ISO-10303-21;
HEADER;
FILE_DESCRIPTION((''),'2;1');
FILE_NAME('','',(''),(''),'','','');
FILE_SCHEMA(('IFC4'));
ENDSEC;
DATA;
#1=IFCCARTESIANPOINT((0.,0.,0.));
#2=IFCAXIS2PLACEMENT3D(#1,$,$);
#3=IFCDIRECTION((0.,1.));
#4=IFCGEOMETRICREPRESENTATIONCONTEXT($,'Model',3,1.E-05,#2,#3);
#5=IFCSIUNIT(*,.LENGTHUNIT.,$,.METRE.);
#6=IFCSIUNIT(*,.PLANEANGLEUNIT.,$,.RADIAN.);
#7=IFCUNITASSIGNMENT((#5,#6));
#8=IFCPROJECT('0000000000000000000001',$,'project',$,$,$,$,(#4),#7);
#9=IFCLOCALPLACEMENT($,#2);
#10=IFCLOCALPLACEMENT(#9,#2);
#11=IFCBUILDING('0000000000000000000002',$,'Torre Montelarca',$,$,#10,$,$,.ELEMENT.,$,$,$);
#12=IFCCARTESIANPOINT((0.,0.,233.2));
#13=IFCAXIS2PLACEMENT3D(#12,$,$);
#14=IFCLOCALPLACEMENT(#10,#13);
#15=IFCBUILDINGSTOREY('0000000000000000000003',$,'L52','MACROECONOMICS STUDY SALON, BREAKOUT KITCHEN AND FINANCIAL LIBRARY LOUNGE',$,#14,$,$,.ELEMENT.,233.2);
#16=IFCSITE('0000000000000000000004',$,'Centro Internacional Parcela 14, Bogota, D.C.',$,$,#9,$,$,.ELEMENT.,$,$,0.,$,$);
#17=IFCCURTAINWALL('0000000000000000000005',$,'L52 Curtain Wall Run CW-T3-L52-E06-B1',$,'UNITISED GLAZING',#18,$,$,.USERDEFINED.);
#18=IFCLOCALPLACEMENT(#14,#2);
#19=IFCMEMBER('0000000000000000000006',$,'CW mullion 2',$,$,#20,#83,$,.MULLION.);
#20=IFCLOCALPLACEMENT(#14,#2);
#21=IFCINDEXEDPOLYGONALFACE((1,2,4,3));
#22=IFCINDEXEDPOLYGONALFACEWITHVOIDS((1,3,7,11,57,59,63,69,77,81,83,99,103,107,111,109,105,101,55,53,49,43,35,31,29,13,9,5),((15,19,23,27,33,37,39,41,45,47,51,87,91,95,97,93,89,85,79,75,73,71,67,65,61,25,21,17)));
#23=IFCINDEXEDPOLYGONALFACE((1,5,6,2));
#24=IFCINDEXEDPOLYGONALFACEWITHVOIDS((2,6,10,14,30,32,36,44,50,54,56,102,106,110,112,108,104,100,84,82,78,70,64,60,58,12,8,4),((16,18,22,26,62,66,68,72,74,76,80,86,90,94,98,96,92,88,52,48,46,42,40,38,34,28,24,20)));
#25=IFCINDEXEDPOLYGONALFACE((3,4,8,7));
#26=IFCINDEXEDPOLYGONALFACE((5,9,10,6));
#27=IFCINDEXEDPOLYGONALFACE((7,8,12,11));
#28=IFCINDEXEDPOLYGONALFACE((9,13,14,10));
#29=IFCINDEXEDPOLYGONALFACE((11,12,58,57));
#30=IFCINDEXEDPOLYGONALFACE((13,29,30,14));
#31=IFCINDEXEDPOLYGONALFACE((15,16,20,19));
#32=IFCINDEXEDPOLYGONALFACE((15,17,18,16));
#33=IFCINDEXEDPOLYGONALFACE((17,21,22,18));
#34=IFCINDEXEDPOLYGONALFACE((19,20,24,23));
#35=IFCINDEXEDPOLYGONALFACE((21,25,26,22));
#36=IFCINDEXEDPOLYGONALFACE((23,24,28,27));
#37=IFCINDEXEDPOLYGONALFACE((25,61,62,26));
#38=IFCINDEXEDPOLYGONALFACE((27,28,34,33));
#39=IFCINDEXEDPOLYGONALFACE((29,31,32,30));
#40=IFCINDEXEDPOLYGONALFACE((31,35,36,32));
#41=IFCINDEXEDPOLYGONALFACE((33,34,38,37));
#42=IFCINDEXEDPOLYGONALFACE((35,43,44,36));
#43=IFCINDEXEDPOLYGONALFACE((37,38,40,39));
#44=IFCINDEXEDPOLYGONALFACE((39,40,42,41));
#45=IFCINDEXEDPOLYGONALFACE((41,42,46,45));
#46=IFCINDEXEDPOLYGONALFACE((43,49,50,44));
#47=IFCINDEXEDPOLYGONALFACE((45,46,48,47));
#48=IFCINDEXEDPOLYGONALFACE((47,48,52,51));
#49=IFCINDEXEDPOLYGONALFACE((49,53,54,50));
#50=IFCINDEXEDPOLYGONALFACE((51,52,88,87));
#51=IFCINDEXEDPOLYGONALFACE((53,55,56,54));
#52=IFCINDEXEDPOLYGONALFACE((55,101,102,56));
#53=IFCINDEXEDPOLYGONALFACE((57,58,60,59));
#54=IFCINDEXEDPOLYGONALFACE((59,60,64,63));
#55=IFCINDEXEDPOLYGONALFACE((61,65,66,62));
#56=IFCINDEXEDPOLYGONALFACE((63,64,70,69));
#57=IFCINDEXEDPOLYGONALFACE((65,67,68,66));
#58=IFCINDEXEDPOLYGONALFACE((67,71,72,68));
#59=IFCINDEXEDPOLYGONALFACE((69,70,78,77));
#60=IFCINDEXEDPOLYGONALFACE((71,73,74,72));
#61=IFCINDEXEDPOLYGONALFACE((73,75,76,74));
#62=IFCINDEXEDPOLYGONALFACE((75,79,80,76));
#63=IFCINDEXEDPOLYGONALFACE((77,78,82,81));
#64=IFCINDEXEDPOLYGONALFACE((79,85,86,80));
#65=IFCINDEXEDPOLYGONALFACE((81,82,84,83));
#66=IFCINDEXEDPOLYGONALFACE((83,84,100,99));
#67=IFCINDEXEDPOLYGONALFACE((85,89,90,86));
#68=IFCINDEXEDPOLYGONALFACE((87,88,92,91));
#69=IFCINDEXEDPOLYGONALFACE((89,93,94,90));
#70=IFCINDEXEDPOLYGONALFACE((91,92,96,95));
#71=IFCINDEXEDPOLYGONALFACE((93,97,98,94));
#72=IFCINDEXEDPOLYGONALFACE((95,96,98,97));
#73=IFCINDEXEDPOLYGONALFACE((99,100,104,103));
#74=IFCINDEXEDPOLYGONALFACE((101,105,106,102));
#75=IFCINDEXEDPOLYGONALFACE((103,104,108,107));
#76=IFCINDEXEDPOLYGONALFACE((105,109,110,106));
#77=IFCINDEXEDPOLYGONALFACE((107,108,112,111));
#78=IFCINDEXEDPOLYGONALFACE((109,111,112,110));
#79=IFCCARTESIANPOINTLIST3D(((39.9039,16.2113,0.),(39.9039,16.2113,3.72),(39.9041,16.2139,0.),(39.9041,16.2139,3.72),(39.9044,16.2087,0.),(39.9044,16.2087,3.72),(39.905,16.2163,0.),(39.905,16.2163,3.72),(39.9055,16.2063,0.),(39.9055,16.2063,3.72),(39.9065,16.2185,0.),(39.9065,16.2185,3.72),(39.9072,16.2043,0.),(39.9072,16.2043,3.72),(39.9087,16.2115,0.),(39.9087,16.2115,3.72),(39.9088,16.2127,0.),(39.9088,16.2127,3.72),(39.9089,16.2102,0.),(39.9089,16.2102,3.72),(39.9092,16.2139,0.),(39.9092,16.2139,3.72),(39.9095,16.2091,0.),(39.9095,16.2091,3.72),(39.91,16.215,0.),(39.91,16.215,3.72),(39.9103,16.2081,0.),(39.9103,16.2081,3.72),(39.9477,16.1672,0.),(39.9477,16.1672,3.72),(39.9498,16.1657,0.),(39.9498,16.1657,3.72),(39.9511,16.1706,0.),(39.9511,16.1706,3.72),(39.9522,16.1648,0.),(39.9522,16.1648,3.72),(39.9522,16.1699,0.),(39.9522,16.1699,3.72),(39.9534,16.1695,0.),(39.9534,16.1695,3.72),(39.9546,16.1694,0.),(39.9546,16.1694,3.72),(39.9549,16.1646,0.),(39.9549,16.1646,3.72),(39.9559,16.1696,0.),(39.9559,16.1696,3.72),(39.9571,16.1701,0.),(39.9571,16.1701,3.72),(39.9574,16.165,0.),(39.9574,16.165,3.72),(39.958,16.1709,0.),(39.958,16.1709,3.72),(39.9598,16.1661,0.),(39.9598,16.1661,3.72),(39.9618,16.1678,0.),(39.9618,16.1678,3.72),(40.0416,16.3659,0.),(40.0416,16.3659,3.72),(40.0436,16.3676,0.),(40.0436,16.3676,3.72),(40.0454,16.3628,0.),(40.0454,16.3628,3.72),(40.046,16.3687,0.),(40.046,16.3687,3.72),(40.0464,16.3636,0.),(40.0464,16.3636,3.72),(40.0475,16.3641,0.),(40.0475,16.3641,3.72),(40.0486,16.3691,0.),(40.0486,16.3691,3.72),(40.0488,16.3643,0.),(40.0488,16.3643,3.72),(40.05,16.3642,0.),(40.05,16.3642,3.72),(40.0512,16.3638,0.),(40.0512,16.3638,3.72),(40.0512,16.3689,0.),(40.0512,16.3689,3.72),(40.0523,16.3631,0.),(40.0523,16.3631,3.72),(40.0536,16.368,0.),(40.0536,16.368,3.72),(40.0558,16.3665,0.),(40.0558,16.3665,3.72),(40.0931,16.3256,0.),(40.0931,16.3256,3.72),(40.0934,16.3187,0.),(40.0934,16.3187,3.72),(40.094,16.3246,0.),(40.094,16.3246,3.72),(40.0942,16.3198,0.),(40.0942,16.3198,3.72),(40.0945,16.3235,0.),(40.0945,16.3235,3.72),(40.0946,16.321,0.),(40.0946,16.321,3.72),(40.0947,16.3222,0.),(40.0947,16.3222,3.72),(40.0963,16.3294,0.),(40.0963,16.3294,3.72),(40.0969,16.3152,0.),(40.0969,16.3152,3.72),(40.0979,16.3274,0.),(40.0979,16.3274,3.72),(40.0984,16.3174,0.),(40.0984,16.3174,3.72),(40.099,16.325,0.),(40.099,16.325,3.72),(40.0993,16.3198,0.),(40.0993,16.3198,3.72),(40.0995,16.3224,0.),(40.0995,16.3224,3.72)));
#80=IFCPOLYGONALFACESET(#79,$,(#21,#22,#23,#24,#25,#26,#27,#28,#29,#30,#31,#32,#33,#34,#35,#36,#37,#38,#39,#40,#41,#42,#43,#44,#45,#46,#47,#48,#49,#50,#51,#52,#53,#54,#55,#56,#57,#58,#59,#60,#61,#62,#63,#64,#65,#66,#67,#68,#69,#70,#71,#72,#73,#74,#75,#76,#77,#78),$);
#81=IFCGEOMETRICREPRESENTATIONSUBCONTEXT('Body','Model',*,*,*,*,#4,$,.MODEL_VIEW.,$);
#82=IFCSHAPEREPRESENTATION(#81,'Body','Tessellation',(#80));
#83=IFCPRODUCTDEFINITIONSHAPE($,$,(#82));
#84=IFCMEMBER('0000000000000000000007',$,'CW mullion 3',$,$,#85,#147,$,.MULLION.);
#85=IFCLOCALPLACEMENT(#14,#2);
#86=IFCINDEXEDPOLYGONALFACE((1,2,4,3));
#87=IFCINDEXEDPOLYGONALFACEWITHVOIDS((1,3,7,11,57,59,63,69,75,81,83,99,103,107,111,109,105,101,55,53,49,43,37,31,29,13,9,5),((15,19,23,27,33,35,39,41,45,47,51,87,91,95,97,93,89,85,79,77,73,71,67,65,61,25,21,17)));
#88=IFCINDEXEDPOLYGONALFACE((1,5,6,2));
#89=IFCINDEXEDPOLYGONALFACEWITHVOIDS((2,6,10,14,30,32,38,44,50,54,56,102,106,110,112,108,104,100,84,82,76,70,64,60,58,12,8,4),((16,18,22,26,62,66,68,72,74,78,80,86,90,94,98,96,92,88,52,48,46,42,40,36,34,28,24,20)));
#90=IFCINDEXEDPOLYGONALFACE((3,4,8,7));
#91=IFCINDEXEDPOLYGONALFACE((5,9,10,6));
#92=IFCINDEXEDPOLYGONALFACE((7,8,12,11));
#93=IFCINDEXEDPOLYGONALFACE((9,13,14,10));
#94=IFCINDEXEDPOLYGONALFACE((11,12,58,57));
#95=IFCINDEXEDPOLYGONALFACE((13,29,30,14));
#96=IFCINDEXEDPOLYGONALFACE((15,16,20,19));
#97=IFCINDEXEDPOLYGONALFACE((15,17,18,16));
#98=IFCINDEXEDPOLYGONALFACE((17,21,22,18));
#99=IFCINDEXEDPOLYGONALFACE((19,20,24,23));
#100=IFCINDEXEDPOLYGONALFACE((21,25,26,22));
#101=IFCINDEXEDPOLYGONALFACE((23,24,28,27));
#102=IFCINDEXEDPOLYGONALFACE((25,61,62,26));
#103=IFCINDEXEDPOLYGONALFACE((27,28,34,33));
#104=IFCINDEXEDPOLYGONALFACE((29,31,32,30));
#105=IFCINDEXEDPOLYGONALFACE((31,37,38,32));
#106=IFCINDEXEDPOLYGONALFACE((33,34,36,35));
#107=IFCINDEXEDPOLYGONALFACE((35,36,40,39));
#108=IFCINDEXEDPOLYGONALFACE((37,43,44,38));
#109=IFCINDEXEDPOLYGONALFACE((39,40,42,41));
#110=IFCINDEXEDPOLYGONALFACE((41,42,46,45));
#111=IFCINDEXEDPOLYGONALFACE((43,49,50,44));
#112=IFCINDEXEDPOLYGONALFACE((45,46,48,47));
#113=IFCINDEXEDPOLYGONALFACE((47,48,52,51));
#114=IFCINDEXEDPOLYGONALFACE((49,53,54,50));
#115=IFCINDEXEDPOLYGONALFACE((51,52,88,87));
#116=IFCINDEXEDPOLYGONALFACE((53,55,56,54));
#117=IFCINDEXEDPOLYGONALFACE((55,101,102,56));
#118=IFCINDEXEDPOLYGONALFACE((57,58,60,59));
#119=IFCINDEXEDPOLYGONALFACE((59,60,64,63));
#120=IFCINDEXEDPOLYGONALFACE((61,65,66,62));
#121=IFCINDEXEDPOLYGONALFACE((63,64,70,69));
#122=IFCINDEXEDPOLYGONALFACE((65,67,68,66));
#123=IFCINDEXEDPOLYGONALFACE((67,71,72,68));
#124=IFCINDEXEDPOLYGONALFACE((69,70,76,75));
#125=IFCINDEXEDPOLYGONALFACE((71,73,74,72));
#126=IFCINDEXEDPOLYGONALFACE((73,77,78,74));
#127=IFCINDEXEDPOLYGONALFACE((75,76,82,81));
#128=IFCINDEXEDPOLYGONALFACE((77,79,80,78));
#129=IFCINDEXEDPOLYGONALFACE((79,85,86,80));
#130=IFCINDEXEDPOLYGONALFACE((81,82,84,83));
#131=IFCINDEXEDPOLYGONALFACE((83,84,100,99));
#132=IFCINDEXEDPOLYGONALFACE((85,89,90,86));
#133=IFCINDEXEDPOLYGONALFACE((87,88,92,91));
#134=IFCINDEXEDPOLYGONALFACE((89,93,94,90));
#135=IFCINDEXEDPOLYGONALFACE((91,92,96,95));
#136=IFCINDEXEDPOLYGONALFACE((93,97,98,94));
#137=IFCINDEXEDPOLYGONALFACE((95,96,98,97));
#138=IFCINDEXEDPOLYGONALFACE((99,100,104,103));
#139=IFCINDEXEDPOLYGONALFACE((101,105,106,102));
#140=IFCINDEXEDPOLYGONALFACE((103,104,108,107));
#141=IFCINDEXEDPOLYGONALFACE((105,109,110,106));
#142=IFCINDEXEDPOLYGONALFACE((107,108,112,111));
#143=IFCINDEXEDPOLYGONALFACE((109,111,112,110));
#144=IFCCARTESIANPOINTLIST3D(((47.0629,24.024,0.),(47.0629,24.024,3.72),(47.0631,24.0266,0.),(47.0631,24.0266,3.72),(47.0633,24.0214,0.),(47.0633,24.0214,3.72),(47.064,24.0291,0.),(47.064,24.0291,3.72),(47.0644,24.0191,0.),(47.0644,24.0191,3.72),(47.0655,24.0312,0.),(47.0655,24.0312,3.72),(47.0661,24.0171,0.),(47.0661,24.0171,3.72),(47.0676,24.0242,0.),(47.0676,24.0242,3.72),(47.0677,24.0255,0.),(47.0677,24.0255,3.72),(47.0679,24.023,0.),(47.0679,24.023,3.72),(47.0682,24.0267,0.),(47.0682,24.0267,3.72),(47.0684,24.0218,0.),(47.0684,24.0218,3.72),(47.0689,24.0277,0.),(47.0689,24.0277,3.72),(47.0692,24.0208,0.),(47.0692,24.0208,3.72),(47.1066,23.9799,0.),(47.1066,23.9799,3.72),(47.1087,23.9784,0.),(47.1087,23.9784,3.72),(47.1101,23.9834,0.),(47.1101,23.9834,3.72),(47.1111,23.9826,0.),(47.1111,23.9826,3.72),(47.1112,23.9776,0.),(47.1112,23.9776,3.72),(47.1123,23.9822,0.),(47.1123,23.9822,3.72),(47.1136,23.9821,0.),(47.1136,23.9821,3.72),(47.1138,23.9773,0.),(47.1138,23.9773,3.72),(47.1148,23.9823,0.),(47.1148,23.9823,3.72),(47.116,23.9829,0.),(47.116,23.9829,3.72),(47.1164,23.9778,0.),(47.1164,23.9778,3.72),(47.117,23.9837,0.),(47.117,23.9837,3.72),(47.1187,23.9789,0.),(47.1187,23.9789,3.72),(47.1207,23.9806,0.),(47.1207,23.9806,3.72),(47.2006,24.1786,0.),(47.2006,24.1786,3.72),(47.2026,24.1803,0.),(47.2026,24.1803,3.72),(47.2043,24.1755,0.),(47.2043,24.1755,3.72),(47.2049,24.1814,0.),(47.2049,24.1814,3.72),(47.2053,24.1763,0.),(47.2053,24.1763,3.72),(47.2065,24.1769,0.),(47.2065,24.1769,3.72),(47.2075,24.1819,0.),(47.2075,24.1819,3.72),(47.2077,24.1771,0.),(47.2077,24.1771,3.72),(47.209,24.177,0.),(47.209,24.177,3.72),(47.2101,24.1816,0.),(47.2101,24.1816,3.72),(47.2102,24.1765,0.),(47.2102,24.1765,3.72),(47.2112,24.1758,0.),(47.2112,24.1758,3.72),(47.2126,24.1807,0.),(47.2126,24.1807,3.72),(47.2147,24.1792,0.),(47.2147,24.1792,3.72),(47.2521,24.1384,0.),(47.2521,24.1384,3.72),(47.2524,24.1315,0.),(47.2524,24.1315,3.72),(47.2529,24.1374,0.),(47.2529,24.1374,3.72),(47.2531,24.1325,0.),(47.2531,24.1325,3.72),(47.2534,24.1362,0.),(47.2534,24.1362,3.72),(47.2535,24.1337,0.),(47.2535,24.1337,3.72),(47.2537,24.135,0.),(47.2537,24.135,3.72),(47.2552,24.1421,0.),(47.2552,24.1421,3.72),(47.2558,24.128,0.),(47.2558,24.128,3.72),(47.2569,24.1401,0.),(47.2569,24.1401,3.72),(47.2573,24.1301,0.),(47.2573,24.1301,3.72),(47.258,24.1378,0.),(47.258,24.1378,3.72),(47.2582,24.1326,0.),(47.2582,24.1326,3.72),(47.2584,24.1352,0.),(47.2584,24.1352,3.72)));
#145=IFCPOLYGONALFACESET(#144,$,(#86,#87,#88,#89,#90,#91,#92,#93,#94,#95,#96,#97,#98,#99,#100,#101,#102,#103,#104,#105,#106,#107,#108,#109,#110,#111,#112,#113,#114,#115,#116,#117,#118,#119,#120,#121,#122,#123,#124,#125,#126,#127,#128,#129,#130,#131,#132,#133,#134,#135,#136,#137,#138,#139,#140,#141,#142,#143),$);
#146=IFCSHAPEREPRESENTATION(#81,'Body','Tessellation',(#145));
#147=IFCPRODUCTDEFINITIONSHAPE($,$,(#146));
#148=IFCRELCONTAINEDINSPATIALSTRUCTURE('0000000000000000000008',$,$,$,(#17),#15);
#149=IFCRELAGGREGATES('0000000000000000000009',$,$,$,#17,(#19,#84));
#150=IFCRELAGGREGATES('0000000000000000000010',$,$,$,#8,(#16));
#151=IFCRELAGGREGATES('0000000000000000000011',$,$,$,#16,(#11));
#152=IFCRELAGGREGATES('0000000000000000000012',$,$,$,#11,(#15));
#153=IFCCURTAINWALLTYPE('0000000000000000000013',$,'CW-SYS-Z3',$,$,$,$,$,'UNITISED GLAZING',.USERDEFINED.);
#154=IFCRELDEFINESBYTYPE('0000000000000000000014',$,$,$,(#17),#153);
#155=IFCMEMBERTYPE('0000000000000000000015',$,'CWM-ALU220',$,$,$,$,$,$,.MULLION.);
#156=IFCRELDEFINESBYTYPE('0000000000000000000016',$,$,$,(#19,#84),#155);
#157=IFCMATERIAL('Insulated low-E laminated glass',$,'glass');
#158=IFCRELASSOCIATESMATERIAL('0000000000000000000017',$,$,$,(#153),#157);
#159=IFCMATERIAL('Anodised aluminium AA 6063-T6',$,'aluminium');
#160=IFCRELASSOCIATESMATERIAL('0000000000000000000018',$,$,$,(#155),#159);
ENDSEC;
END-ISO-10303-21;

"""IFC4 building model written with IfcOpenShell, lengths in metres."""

from ifc_helpers import new_model, si_unit, direction, frame, origin, origin_2d, place, context, subcontext, project, spatial, hollow_rectangle, extrude, source, transform, mapped, material, material_profile, profile_set, type_object, element, aggregate, save


model = new_model("IFC4")

# Units and contexts
model_context = context("Model", 3, precision=1e-05, world=origin(), true_north=direction((0.0, 1.0)))
body_context = subcontext(model_context, "Body", "Model", "MODEL_VIEW")
ifc_project = project(units=[si_unit("LENGTHUNIT", "METRE"), si_unit("PLANEANGLEUNIT", "RADIAN")], contexts=[model_context])

# Site, building, storey
site_placement = place(None, origin())
site = spatial("IfcSite", under=ifc_project, at=site_placement, Name="Centro Internacional Parcela 14, Bogota, D.C.", CompositionType="ELEMENT", RefElevation=0.0)
building_placement = place(site_placement, origin())
building = spatial("IfcBuilding", under=site, at=building_placement, Name="Torre Montelarca", CompositionType="ELEMENT")
storey_placement = place(building_placement, frame((0.0, 0.0, 233.2)))
storey = spatial("IfcBuildingStorey", under=building, at=storey_placement, Name="L52", Description="MACROECONOMICS STUDY SALON, BREAKOUT KITCHEN AND FINANCIAL LIBRARY LOUNGE", CompositionType="ELEMENT", Elevation=233.2)

# Shared definitions
ifc_material_1 = material(Name="Insulated low-E laminated glass", Category="glass")
curtain_wall_type = type_object("IfcCurtainWallType", Name="CW-SYS-Z3", ElementType="UNITISED GLAZING", PredefinedType="USERDEFINED", material=ifc_material_1)
ifc_material_2 = material(Name="Anodised aluminium AA 6063-T6", Category="aluminium")

# Shared definitions
ifc_material_profile_1 = material_profile(ifc_material_2, hollow_rectangle(XDim=0.075, YDim=0.22, WallThickness=0.0049, InnerFilletRadius=0.0049, OuterFilletRadius=0.01, at=origin_2d()), Name="ALU75X220X5", Category="aluminium")
ifc_profile_set_1 = profile_set([ifc_material_profile_1], Name="Anodised aluminium AA 6063-T6")
member_type_1 = type_object("IfcMemberType", Name="CWM-ALU220", PredefinedType="MULLION", material=ifc_profile_set_1)
shared_shape_1 = source(origin(), body_context, "Body", "SweptSolid", [
    extrude(hollow_rectangle(XDim=0.075, YDim=0.22, WallThickness=0.0049, InnerFilletRadius=0.0049, OuterFilletRadius=0.01, at=origin_2d()), origin(), (0.0, 0.0, 1.0), 3.72),
])

# Curtain wall, members
curtain_wall_1_placement = place(storey_placement, origin())
curtain_wall_1 = element("IfcCurtainWall", 1, at=curtain_wall_1_placement, inside=storey, type_object=curtain_wall_type, Name="L52 Curtain Wall Run CW-T3-L52-E06-B1", ObjectType="UNITISED GLAZING", PredefinedType="USERDEFINED")
member_1_placement = place(storey_placement, frame((40.0017, 16.2668, 0.0), z_axis=(0.0, 0.0, 1.0), x_axis=(-0.737278, 0.67559, 0.0)))
member_1 = element("IfcMember", 2, at=member_1_placement, type_object=member_type_1, Name="CW mullion 2", PredefinedType="MULLION", context=body_context, shape_type="MappedRepresentation", body=[
    mapped(shared_shape_1, transform((0.0, 0.0, 0.0), scale=1.0)),
])
member_2_placement = place(storey_placement, frame((47.1606, 24.0796, 0.0), z_axis=(0.0, 0.0, 1.0), x_axis=(-0.737278, 0.67559, 0.0)))
member_2 = element("IfcMember", 3, at=member_2_placement, type_object=member_type_1, Name="CW mullion 3", PredefinedType="MULLION", context=body_context, shape_type="MappedRepresentation", body=[
    mapped(shared_shape_1, transform((0.0, 0.0, 0.0), scale=1.0)),
])

aggregate(curtain_wall_1, [member_1, member_2])

save(model, "model.ifc")
